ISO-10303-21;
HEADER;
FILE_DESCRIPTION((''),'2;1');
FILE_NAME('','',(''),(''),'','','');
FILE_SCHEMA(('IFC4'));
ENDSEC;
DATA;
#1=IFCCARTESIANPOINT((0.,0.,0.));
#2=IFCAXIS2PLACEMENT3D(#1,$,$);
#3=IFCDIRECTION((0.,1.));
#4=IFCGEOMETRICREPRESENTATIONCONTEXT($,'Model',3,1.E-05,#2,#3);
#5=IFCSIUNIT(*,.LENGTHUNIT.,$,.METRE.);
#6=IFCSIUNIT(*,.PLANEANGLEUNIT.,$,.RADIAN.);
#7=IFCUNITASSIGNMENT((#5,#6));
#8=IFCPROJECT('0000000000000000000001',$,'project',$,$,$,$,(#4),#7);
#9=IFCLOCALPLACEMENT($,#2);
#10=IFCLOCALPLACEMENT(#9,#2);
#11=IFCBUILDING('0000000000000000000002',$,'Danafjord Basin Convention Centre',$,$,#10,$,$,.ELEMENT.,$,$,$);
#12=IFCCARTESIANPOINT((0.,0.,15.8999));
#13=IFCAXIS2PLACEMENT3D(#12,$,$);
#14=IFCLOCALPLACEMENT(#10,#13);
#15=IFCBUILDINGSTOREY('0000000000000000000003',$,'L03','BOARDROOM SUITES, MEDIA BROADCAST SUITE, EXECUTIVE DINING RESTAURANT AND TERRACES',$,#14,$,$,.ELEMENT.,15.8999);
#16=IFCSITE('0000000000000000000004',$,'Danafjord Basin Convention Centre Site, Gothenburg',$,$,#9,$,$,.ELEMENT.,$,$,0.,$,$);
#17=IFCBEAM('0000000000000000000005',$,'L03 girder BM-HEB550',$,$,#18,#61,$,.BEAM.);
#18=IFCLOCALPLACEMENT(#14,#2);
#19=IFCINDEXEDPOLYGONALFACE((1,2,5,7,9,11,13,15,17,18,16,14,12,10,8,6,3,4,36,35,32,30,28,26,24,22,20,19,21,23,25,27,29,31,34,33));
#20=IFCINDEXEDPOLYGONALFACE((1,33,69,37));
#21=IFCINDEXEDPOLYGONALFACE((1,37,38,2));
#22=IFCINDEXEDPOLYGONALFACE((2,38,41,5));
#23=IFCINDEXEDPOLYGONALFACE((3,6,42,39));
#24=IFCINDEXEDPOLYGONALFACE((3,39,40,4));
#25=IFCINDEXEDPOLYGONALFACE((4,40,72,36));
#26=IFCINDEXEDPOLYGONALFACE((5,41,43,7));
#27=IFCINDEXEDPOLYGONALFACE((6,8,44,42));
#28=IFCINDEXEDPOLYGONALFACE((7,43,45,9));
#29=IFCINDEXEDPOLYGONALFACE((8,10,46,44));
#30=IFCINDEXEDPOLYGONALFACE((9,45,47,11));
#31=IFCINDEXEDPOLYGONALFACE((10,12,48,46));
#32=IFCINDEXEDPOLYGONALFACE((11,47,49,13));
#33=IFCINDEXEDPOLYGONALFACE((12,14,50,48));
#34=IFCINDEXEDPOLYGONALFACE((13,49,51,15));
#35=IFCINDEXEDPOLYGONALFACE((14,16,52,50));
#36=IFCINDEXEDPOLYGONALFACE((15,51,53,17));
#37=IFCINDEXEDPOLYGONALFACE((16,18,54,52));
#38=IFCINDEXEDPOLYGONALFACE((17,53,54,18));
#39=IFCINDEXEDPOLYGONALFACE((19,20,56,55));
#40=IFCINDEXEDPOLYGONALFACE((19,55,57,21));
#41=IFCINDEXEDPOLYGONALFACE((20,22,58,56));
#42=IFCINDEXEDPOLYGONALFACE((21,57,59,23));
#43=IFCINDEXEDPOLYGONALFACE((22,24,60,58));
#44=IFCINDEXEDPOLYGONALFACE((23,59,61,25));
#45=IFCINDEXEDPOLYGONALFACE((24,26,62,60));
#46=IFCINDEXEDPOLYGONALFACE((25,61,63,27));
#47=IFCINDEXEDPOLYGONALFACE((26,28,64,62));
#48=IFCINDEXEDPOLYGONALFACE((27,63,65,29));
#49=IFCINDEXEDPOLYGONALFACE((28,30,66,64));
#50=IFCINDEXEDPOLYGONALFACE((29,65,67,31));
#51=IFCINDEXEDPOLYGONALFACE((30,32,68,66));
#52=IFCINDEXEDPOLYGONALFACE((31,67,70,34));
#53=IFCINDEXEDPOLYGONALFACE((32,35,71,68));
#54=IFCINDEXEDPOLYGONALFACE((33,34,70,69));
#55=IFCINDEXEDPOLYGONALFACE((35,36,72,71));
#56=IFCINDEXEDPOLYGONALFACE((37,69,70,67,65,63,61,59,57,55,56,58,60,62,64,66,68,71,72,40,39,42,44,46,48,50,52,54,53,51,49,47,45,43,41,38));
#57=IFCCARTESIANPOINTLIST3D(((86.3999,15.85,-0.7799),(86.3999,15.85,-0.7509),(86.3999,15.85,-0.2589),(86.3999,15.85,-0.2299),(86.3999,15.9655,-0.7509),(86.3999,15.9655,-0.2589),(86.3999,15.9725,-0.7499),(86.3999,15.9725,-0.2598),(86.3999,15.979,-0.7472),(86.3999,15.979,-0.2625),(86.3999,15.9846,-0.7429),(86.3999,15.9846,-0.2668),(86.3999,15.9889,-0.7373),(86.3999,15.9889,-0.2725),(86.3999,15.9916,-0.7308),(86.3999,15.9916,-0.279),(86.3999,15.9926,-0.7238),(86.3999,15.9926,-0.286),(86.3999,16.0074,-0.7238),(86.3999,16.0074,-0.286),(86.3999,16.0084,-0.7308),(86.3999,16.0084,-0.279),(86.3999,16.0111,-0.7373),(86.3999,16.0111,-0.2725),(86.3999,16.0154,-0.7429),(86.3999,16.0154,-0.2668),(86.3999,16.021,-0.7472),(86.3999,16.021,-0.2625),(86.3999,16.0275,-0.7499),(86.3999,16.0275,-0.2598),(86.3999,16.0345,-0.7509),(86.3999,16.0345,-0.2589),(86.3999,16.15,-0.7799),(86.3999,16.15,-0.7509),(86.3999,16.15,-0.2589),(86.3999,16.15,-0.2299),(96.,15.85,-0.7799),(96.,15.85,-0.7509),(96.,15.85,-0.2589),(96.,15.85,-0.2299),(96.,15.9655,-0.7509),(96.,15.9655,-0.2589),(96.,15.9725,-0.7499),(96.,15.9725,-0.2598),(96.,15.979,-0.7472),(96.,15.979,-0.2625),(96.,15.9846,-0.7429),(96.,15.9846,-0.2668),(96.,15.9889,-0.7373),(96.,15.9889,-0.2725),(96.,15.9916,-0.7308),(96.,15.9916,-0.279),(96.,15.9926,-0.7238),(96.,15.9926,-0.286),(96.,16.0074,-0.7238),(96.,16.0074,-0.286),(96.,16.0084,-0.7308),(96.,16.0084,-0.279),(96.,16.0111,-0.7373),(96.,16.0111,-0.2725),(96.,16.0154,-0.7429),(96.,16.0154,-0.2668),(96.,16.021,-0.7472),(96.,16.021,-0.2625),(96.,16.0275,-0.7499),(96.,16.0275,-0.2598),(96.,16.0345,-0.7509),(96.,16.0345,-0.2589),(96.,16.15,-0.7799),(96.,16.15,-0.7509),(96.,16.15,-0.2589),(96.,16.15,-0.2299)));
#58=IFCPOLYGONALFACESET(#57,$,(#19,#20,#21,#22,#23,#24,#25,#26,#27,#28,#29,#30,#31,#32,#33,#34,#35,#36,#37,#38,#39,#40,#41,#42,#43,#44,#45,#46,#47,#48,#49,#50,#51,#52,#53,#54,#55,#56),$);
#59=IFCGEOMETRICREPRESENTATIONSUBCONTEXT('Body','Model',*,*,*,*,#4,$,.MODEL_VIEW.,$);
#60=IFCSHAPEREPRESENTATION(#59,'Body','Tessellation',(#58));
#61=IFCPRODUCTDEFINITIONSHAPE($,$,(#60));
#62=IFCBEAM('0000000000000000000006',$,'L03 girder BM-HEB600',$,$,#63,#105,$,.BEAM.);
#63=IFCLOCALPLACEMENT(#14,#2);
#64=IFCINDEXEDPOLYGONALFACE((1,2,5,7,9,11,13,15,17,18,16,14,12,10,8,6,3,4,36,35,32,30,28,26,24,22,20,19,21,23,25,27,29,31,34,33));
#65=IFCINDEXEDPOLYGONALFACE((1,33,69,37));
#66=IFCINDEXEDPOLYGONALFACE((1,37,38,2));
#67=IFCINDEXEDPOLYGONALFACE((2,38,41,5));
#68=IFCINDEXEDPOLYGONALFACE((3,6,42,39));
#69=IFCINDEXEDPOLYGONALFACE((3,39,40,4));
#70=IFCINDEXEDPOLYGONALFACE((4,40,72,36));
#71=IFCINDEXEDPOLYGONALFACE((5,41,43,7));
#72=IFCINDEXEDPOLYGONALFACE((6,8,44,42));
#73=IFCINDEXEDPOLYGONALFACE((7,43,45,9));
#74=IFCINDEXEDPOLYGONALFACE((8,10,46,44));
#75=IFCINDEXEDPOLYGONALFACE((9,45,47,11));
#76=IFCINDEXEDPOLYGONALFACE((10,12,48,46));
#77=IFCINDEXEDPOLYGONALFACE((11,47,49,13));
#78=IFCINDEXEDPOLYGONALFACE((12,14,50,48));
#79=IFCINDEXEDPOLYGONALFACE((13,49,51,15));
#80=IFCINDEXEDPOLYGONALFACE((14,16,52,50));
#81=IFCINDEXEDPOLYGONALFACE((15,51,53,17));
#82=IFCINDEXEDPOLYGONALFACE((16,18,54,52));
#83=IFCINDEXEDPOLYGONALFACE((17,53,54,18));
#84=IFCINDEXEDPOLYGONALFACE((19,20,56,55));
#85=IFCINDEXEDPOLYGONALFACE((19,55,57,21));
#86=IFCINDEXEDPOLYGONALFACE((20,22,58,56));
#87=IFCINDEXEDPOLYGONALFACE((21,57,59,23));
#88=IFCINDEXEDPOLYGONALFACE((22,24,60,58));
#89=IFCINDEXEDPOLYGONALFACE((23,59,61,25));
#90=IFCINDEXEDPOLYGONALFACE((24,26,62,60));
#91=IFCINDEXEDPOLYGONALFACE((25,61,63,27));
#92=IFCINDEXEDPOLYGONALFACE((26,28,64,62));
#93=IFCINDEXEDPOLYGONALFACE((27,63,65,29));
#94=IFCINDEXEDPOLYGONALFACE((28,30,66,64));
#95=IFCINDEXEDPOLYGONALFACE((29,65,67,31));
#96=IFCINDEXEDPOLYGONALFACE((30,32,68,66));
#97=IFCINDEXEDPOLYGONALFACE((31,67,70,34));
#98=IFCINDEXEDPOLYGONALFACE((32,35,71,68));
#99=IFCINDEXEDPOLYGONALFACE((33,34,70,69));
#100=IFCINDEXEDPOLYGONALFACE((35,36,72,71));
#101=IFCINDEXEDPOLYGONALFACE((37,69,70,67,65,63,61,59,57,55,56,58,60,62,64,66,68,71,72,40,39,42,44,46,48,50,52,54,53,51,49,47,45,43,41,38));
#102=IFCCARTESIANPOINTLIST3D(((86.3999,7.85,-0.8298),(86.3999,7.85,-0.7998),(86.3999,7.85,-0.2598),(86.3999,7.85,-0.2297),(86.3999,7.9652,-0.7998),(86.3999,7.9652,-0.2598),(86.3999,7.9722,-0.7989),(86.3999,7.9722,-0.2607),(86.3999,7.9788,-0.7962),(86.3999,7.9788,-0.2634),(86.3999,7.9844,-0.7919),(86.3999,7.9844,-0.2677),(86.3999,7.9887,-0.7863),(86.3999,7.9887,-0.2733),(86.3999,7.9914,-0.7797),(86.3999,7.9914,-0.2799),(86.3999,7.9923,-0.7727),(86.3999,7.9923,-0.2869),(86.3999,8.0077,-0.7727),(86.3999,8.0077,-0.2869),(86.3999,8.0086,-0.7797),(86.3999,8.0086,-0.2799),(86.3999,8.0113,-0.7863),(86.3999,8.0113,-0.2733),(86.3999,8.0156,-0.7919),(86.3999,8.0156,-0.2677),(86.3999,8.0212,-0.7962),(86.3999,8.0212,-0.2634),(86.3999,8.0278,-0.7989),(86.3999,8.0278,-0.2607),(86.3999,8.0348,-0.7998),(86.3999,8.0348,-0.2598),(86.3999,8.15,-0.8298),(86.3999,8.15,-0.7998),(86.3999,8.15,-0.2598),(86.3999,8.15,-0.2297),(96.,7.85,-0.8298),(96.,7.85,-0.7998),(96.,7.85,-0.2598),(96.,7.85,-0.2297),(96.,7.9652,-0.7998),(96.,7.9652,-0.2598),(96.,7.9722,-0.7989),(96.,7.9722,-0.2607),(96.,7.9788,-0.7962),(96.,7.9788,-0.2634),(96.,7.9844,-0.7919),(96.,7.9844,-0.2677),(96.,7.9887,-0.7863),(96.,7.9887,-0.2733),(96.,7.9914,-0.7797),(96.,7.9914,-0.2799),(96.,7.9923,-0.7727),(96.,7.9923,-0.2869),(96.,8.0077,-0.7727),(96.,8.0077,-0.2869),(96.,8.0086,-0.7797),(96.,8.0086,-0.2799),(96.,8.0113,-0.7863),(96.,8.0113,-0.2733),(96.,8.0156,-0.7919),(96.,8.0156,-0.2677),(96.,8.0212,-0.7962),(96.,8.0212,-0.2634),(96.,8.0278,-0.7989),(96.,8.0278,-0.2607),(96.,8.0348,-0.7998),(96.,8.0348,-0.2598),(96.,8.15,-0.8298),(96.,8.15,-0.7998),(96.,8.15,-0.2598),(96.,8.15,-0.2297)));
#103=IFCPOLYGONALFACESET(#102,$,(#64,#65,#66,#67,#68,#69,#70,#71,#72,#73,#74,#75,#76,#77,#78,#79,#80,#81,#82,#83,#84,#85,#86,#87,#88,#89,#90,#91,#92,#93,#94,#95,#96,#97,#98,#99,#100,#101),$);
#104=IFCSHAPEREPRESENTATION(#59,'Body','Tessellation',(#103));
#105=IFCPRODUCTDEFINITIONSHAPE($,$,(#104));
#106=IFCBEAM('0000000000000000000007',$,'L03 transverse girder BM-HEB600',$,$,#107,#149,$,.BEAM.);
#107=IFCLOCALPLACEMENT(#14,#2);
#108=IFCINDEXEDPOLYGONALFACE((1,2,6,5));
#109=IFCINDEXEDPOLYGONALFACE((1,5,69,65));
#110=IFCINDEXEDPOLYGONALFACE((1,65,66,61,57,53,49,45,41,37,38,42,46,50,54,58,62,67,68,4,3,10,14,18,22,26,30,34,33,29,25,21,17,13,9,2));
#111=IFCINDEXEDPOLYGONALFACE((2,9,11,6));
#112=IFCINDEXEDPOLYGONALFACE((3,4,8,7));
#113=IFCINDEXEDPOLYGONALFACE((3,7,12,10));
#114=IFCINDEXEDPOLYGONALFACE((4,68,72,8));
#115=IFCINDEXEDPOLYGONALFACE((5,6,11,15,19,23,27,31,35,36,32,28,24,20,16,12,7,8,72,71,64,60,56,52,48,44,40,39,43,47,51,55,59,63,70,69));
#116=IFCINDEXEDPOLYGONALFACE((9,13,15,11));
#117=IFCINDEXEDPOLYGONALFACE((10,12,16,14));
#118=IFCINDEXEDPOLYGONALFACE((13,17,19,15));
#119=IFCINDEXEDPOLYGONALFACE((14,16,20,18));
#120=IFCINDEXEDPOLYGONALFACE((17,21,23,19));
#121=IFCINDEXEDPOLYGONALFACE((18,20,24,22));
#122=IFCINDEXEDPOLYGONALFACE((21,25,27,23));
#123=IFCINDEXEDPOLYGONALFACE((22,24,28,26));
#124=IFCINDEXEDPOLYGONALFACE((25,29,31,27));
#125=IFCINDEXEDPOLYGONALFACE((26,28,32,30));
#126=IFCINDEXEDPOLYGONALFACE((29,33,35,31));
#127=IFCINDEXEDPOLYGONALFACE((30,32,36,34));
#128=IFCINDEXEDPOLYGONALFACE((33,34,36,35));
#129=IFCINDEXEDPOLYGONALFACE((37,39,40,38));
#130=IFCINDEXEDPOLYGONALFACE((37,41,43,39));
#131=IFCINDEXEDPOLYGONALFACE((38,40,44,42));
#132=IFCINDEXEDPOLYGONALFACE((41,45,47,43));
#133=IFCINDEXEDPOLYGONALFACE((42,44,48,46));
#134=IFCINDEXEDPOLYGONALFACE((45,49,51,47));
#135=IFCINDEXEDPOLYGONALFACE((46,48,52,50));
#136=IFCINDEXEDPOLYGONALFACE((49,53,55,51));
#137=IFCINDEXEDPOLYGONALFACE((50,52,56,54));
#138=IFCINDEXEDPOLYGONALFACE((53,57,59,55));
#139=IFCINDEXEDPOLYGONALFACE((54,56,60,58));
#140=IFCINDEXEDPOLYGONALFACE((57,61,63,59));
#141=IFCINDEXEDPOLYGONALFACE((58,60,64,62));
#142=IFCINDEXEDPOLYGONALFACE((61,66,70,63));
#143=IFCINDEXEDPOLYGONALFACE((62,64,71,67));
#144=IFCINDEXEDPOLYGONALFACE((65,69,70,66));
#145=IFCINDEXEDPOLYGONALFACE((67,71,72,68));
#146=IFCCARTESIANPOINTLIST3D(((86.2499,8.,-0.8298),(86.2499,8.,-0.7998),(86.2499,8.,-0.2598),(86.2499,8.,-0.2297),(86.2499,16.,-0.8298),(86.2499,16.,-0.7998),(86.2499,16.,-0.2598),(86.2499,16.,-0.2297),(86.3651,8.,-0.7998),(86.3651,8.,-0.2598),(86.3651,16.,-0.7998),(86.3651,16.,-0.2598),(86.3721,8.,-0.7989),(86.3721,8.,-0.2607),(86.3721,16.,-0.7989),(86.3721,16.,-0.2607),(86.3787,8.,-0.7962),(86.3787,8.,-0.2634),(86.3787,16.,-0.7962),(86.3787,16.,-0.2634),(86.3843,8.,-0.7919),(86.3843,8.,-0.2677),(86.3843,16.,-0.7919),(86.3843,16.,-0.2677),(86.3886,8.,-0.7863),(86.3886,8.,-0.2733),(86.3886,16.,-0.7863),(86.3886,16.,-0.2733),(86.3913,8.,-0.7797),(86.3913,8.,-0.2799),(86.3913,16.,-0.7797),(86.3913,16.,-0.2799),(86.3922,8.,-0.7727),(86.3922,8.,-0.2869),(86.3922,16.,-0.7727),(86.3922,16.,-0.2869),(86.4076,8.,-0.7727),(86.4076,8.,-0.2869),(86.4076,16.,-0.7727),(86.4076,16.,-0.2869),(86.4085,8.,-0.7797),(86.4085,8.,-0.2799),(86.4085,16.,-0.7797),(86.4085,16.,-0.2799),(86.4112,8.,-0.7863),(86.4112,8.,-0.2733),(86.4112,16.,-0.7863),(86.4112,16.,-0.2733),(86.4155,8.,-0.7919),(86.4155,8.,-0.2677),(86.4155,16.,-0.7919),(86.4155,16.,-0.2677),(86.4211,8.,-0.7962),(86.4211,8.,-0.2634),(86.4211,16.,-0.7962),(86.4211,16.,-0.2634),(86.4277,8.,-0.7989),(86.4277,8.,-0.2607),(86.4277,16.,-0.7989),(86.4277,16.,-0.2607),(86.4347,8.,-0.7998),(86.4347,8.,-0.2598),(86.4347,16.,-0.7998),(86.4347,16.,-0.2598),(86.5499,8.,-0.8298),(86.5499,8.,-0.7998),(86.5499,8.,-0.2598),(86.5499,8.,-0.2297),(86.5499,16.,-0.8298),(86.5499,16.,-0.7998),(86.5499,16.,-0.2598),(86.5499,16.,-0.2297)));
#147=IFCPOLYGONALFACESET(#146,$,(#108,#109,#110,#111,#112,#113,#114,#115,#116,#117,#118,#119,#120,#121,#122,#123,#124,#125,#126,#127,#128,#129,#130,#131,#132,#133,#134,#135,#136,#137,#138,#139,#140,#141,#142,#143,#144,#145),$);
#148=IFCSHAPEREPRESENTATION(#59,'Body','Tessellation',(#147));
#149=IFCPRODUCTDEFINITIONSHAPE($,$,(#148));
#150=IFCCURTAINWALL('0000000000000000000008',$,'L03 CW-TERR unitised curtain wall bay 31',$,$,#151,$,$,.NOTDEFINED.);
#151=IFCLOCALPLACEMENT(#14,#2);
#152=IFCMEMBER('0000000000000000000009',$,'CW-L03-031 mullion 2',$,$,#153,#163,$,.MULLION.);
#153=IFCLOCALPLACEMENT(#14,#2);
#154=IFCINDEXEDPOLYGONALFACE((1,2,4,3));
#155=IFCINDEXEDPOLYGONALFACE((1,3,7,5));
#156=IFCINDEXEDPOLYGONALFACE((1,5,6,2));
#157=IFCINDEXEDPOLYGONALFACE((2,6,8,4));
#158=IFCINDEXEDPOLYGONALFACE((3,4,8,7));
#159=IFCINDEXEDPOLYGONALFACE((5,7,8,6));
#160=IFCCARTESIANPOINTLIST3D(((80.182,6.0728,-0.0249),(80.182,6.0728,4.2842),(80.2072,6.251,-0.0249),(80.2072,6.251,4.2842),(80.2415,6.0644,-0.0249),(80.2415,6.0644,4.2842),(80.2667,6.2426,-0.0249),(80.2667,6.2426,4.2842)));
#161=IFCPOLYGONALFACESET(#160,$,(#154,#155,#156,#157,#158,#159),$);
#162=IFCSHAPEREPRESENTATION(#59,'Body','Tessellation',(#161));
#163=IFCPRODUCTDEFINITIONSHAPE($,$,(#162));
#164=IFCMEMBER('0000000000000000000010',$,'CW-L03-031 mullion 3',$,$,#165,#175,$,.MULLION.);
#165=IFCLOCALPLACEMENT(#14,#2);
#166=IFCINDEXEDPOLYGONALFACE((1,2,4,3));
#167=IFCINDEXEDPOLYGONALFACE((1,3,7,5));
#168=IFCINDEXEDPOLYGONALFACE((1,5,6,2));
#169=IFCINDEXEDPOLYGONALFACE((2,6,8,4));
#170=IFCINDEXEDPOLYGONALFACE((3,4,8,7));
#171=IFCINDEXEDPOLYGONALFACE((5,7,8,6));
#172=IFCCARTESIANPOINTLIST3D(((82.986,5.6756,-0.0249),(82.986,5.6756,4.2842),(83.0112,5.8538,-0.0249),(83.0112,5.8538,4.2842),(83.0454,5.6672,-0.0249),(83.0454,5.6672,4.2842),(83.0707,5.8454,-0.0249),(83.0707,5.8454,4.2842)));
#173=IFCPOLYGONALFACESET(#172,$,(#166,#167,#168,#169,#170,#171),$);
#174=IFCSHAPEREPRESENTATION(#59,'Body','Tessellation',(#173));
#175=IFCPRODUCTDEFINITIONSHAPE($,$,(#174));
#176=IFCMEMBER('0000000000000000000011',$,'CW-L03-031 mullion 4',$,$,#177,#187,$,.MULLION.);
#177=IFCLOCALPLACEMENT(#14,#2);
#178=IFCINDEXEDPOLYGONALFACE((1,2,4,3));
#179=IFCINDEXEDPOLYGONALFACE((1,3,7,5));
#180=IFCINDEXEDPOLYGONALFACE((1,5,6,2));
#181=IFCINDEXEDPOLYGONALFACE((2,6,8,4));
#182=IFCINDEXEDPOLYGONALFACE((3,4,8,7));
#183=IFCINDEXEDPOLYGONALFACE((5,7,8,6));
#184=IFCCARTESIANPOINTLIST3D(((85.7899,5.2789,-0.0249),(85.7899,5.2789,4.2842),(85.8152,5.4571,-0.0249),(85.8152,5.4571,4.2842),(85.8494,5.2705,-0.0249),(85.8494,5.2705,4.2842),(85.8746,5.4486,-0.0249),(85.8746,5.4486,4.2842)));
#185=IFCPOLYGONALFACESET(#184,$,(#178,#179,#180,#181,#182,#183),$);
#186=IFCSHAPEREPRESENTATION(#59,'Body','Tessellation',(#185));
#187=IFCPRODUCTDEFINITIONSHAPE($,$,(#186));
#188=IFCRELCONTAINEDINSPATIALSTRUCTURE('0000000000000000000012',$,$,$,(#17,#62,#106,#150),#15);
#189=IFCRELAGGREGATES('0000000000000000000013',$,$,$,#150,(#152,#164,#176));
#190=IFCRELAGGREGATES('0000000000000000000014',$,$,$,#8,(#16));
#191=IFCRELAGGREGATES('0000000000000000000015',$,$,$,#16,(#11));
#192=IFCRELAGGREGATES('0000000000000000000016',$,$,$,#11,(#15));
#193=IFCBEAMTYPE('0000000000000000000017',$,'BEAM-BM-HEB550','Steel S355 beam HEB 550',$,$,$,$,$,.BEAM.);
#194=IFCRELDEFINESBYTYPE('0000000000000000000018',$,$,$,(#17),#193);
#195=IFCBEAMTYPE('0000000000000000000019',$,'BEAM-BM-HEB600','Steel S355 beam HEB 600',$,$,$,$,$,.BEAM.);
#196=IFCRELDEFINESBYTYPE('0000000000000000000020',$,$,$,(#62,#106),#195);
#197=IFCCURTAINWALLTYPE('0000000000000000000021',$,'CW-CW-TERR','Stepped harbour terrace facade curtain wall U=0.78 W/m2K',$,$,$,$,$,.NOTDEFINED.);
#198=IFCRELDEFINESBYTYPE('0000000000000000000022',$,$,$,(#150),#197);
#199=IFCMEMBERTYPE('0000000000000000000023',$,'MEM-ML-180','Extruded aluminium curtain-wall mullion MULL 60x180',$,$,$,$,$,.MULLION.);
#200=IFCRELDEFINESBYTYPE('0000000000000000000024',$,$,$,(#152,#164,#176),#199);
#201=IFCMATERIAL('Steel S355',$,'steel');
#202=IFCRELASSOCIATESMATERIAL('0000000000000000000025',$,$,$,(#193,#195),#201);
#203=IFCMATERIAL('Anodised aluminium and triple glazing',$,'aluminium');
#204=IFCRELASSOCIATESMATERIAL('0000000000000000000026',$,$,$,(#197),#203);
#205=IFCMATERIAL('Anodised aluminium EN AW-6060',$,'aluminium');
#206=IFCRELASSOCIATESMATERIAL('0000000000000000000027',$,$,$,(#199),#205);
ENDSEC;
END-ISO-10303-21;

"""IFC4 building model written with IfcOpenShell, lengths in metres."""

from ifc_helpers import new_model, si_unit, direction, frame, origin, origin_2d, place, context, subcontext, project, spatial, rectangle, i_section, extrude, material, material_profile, profile_set, type_object, element, aggregate, save


model = new_model("IFC4")

# Units and contexts
model_context = context("Model", 3, precision=1e-05, world=origin(), true_north=direction((0.0, 1.0)))
body_context = subcontext(model_context, "Body", "Model", "MODEL_VIEW")
ifc_project = project(units=[si_unit("LENGTHUNIT", "METRE"), si_unit("PLANEANGLEUNIT", "RADIAN")], contexts=[model_context])

# Site, building, storey
site_placement = place(None, origin())
site = spatial("IfcSite", under=ifc_project, at=site_placement, Name="Danafjord Basin Convention Centre Site, Gothenburg", CompositionType="ELEMENT", RefElevation=0.0)
building_placement = place(site_placement, origin())
building = spatial("IfcBuilding", under=site, at=building_placement, Name="Danafjord Basin Convention Centre", CompositionType="ELEMENT")
storey_placement = place(building_placement, frame((0.0, 0.0, 15.8999)))
storey = spatial("IfcBuildingStorey", under=building, at=storey_placement, Name="L03", Description="BOARDROOM SUITES, MEDIA BROADCAST SUITE, EXECUTIVE DINING RESTAURANT AND TERRACES", CompositionType="ELEMENT", Elevation=15.8999)

# Shared definitions
ifc_material_1 = material(Name="Steel S355", Category="steel")

# Beams
ifc_material_profile_1 = material_profile(ifc_material_1, i_section(OverallWidth=0.3, OverallDepth=0.55, WebThickness=0.0149, FlangeThickness=0.0291, FilletRadius=0.0271, at=origin_2d()), Name="HEB 550")
ifc_profile_set_1 = profile_set([ifc_material_profile_1], Name="Steel S355")
beam_type_1 = type_object("IfcBeamType", Name="BEAM-BM-HEB550", Description="Steel S355 beam HEB 550", PredefinedType="BEAM", material=ifc_profile_set_1)
beam_1_placement = place(storey_placement, frame((86.3999, 16.0, -0.5049), z_axis=(1.0, 0.0, 0.0), x_axis=(0.0, 1.0, 0.0)))
element("IfcBeam", 1, at=beam_1_placement, inside=storey, type_object=beam_type_1, Name="L03 girder BM-HEB550", PredefinedType="BEAM", context=body_context, shape_type="SweptSolid", body=[
    extrude(i_section(OverallWidth=0.3, OverallDepth=0.55, WebThickness=0.0149, FlangeThickness=0.0291, FilletRadius=0.0271, at=origin_2d()), origin(), (0.0, 0.0, 1.0), 9.6001),
])
ifc_material_profile_2 = material_profile(ifc_material_1, i_section(OverallWidth=0.3, OverallDepth=0.6001, WebThickness=0.0154, FlangeThickness=0.03, FilletRadius=0.0271, at=origin_2d()), Name="HEB 600")
ifc_profile_set_2 = profile_set([ifc_material_profile_2], Name="Steel S355")
beam_type_2 = type_object("IfcBeamType", Name="BEAM-BM-HEB600", Description="Steel S355 beam HEB 600", PredefinedType="BEAM", material=ifc_profile_set_2)
beam_2_placement = place(storey_placement, frame((86.3999, 8.0, -0.5298), z_axis=(1.0, 0.0, 0.0), x_axis=(0.0, 1.0, 0.0)))
element("IfcBeam", 2, at=beam_2_placement, inside=storey, type_object=beam_type_2, Name="L03 girder BM-HEB600", PredefinedType="BEAM", context=body_context, shape_type="SweptSolid", body=[
    extrude(i_section(OverallWidth=0.3, OverallDepth=0.6001, WebThickness=0.0154, FlangeThickness=0.03, FilletRadius=0.0271, at=origin_2d()), origin(), (0.0, 0.0, 1.0), 9.6001),
])
beam_3_placement = place(storey_placement, frame((86.3999, 8.0, -0.5298), z_axis=(0.0, 1.0, 0.0), x_axis=(-1.0, 0.0, 0.0)))
element("IfcBeam", 3, at=beam_3_placement, inside=storey, type_object=beam_type_2, Name="L03 transverse girder BM-HEB600", PredefinedType="BEAM", context=body_context, shape_type="SweptSolid", body=[
    extrude(i_section(OverallWidth=0.3, OverallDepth=0.6001, WebThickness=0.0154, FlangeThickness=0.03, FilletRadius=0.0271, at=origin_2d()), origin(), (0.0, 0.0, 1.0), 8.0),
])

# Curtain wall, members
ifc_material_2 = material(Name="Anodised aluminium and triple glazing", Category="aluminium")
curtain_wall_type = type_object("IfcCurtainWallType", Name="CW-CW-TERR", Description="Stepped harbour terrace facade curtain wall U=0.78 W/m2K", PredefinedType="NOTDEFINED", material=ifc_material_2)
curtain_wall_placement = place(storey_placement, origin())
curtain_wall = element("IfcCurtainWall", 4, at=curtain_wall_placement, inside=storey, type_object=curtain_wall_type, Name="L03 CW-TERR unitised curtain wall bay 31", PredefinedType="NOTDEFINED")
ifc_material_3 = material(Name="Anodised aluminium EN AW-6060", Category="aluminium")
ifc_material_profile_3 = material_profile(ifc_material_3, rectangle(XDim=0.0601, YDim=0.1799, at=origin_2d()), Name="MULL 60x180")
ifc_profile_set_3 = profile_set([ifc_material_profile_3], Name="Anodised aluminium EN AW-6060")
member_type = type_object("IfcMemberType", Name="MEM-ML-180", Description="Extruded aluminium curtain-wall mullion MULL 60x180", PredefinedType="MULLION", material=ifc_profile_set_3)
member_1_placement = place(storey_placement, frame((80.2244, 6.1577, -0.0249), z_axis=(0.0, 0.0, 1.0), x_axis=(0.990128, -0.140165, 0.0)))
member_1 = element("IfcMember", 5, at=member_1_placement, type_object=member_type, Name="CW-L03-031 mullion 2", PredefinedType="MULLION", context=body_context, shape_type="SweptSolid", body=[
    extrude(rectangle(XDim=0.0601, YDim=0.1799, at=origin_2d()), origin(), (0.0, 0.0, 1.0), 4.3091),
])
member_2_placement = place(storey_placement, frame((83.0283, 5.7605, -0.0249), z_axis=(0.0, 0.0, 1.0), x_axis=(0.990128, -0.140165, 0.0)))
member_2 = element("IfcMember", 6, at=member_2_placement, type_object=member_type, Name="CW-L03-031 mullion 3", PredefinedType="MULLION", context=body_context, shape_type="SweptSolid", body=[
    extrude(rectangle(XDim=0.0601, YDim=0.1799, at=origin_2d()), origin(), (0.0, 0.0, 1.0), 4.3091),
])
member_3_placement = place(storey_placement, frame((85.8323, 5.3638, -0.0249), z_axis=(0.0, 0.0, 1.0), x_axis=(0.990128, -0.140165, 0.0)))
member_3 = element("IfcMember", 7, at=member_3_placement, type_object=member_type, Name="CW-L03-031 mullion 4", PredefinedType="MULLION", context=body_context, shape_type="SweptSolid", body=[
    extrude(rectangle(XDim=0.0601, YDim=0.1799, at=origin_2d()), origin(), (0.0, 0.0, 1.0), 4.3091),
])
aggregate(curtain_wall, [member_1, member_2, member_3])

save(model, "model.ifc")
